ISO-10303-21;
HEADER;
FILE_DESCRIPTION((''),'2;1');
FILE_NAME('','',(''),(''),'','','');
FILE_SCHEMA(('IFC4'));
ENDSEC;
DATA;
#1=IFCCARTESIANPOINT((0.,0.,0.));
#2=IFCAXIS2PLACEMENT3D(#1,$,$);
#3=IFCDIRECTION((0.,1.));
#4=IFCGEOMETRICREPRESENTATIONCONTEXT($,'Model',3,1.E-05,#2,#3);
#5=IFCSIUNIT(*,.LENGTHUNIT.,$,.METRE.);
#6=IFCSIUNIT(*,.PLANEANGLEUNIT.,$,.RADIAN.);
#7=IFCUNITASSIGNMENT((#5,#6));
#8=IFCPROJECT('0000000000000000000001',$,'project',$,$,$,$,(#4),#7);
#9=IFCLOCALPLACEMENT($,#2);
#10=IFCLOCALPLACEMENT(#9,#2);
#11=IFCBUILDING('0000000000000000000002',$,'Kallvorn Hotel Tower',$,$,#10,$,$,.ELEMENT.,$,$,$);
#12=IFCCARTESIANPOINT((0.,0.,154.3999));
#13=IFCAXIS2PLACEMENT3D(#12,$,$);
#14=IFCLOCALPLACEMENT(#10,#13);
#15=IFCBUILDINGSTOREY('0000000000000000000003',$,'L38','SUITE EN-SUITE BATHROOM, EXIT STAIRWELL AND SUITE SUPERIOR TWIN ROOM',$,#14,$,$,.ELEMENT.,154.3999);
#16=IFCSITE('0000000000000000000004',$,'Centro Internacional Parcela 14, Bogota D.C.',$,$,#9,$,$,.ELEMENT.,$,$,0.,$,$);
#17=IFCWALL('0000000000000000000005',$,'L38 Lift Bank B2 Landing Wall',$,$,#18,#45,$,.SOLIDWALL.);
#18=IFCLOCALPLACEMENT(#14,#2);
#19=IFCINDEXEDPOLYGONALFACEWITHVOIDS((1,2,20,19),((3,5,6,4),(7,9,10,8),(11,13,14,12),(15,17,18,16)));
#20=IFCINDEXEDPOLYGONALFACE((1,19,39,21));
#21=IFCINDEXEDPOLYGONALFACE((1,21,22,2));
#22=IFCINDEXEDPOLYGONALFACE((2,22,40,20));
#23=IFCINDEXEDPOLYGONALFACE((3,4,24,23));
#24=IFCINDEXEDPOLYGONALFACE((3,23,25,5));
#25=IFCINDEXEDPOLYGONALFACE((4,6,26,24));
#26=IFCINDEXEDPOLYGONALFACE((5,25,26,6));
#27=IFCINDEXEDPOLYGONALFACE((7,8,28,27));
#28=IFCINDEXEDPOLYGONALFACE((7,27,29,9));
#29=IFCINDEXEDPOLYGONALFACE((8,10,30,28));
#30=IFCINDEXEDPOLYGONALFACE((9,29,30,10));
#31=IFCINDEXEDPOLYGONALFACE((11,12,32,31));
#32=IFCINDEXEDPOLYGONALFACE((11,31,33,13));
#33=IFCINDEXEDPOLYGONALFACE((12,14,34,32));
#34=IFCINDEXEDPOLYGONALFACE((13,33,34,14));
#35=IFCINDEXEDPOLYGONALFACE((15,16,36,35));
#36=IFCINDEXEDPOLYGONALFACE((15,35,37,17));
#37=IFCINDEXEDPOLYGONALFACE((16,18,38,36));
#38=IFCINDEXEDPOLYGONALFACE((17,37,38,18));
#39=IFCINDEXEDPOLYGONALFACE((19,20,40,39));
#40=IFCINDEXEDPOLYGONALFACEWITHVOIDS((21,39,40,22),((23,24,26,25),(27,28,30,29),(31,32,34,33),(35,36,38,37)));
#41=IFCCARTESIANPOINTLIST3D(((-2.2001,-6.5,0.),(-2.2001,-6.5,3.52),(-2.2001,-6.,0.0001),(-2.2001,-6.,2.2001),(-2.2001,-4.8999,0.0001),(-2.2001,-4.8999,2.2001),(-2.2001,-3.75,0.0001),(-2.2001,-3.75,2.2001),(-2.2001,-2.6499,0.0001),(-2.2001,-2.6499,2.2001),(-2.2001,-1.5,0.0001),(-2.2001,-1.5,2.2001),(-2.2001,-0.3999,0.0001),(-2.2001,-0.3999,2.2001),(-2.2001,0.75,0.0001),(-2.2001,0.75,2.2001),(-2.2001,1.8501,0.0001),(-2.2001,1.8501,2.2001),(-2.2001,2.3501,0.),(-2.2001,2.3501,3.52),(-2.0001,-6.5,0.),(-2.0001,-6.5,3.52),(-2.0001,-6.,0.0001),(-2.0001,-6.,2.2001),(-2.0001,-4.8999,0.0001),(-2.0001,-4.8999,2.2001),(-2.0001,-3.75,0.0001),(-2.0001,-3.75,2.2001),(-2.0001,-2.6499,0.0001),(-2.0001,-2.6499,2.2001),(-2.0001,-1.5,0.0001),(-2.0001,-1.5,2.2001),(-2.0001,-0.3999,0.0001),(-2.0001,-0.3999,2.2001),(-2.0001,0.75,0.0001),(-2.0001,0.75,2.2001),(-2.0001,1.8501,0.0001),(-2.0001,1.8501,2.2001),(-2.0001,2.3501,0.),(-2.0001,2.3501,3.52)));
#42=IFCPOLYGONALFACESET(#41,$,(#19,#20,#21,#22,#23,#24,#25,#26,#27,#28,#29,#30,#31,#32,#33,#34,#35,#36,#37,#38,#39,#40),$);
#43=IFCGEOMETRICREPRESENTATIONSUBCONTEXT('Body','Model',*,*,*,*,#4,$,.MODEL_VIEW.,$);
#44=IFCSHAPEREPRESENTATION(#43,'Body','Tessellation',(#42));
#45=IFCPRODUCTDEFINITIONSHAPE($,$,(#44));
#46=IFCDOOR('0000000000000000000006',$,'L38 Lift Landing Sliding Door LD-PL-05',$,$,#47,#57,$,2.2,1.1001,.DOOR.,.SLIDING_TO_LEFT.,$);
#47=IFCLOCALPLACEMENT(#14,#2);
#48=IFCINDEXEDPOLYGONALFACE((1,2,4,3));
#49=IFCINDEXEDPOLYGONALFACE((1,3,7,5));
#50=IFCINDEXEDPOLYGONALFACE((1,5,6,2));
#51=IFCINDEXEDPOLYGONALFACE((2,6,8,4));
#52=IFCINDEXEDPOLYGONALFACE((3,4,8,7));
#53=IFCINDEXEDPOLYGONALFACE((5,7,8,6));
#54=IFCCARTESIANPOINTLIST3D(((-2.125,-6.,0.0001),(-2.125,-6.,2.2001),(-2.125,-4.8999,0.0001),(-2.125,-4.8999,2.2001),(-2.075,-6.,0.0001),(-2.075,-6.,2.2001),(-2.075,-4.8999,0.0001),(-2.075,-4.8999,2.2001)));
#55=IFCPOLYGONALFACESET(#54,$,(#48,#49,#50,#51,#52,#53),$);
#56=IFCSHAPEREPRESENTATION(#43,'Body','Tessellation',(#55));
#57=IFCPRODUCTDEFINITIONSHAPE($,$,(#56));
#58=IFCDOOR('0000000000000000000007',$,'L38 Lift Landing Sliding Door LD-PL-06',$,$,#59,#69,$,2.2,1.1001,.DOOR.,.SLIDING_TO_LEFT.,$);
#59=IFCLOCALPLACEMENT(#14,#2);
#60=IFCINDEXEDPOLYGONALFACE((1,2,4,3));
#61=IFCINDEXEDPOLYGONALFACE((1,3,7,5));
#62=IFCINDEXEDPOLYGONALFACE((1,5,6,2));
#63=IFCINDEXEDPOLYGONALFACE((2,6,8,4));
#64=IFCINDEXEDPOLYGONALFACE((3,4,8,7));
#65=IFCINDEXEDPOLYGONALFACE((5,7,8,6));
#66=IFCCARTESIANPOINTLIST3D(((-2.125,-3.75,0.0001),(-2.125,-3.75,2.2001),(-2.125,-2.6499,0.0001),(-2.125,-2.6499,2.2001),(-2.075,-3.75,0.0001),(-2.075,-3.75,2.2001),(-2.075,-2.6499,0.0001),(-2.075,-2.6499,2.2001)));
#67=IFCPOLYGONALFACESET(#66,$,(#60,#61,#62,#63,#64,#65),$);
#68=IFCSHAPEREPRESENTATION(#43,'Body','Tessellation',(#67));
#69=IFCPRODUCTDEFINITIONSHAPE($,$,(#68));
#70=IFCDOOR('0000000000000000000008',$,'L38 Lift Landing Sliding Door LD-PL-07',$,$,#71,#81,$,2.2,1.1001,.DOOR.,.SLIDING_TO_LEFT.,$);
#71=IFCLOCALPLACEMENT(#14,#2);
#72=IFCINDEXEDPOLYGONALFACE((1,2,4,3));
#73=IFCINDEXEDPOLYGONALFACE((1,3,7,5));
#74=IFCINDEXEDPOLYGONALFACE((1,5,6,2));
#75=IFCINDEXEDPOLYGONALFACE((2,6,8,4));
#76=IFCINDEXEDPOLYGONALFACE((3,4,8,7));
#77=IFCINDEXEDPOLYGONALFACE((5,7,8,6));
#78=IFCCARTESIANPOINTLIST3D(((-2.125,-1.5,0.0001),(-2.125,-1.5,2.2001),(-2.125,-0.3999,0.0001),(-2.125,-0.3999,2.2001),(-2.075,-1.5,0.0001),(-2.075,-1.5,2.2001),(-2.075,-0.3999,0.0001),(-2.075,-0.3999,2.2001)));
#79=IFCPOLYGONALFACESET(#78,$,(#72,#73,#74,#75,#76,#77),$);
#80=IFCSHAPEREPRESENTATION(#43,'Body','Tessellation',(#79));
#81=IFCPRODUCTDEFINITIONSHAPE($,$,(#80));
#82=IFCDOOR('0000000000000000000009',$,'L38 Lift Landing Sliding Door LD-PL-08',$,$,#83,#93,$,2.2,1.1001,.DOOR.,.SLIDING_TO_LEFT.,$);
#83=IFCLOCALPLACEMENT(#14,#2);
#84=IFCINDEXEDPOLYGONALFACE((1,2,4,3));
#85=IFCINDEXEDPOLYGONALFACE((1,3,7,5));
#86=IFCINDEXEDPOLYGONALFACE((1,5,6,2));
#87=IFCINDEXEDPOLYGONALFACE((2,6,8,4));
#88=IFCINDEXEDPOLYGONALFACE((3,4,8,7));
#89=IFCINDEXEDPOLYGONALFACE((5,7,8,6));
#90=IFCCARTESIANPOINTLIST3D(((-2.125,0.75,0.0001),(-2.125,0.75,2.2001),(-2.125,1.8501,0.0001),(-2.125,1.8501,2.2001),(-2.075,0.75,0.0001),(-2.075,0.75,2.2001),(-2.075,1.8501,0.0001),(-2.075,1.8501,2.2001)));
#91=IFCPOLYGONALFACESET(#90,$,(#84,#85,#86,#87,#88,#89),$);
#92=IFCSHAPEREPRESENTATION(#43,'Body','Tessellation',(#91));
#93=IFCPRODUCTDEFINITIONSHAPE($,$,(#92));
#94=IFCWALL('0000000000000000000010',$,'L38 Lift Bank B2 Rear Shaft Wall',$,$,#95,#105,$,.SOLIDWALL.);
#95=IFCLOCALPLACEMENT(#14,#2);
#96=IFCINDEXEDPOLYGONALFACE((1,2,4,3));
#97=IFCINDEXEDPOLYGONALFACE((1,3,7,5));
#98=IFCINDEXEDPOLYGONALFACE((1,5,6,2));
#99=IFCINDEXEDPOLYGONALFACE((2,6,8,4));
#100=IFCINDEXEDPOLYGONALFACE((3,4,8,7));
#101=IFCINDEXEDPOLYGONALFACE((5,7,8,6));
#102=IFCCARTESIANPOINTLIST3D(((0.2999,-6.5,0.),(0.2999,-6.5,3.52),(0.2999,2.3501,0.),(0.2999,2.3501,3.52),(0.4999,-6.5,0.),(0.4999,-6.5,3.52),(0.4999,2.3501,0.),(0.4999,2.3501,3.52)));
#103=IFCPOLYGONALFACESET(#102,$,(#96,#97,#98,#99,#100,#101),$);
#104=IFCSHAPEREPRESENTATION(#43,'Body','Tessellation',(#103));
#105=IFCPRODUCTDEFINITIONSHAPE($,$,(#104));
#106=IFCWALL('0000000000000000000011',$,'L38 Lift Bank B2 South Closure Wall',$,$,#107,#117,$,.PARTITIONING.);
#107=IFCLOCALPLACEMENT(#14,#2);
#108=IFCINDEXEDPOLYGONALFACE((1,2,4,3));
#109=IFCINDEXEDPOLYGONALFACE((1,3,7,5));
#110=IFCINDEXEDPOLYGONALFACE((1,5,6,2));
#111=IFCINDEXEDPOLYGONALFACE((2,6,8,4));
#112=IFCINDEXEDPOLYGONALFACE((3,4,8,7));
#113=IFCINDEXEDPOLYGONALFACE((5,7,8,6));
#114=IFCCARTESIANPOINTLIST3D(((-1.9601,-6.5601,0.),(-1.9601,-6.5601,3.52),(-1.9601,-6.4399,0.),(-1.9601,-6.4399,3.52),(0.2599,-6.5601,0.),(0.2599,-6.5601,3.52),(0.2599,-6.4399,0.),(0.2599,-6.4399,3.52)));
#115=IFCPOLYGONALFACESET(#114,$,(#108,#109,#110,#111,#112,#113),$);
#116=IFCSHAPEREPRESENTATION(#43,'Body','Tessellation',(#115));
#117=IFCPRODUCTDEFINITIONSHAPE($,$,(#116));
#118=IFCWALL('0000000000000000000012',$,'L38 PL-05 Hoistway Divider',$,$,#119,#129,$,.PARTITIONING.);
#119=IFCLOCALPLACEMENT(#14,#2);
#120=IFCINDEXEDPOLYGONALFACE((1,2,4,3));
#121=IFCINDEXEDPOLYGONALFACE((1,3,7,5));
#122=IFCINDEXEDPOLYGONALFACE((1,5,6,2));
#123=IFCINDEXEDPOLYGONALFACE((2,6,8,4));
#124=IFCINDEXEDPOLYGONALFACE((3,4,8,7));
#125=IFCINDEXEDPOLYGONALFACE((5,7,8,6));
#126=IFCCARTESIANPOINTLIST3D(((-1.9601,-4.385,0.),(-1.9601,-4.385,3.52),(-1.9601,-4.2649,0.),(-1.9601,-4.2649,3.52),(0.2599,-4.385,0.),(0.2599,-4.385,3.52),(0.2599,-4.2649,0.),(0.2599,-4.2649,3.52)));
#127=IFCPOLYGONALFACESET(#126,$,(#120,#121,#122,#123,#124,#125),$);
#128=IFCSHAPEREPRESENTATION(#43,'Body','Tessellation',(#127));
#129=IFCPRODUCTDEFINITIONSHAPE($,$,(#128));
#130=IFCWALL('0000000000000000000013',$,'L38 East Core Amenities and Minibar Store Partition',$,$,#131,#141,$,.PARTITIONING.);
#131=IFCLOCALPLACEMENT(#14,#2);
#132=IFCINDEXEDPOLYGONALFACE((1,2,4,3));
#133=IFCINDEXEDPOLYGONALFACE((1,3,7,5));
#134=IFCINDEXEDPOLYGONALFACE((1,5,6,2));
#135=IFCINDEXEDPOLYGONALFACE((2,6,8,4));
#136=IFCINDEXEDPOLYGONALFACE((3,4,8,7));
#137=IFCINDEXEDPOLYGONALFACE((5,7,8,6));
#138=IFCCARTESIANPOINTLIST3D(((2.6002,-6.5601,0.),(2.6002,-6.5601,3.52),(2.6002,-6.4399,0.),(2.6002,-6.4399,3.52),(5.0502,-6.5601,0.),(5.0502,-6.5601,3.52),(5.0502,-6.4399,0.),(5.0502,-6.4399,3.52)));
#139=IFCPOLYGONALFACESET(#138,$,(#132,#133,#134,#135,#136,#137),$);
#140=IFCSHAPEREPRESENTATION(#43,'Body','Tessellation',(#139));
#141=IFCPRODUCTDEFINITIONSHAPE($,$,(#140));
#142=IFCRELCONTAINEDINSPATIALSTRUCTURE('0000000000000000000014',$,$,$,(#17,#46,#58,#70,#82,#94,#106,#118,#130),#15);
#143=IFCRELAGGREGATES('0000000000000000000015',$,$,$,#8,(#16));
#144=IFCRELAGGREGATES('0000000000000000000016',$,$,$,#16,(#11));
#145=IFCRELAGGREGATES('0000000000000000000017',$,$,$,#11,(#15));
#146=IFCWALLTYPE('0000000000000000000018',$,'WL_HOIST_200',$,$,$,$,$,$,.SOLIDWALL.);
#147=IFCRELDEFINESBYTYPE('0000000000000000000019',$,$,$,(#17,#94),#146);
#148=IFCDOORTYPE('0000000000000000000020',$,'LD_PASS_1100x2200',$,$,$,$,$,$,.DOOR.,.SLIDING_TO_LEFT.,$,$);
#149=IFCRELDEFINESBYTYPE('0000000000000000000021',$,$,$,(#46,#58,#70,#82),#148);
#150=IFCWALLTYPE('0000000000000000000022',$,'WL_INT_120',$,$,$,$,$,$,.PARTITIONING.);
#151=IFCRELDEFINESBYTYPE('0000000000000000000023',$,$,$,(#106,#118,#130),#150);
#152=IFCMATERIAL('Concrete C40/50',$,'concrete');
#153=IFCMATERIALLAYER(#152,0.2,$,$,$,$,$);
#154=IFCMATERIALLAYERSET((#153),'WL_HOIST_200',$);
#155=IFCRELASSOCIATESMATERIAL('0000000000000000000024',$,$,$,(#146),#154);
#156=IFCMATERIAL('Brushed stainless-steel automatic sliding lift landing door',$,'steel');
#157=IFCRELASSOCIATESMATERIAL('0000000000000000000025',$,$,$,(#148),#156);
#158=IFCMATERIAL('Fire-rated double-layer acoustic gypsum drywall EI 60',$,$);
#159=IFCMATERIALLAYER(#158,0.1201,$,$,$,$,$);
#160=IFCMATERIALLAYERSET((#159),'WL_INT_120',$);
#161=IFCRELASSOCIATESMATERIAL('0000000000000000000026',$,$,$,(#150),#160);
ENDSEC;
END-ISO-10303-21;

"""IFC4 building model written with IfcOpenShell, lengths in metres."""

from ifc_helpers import new_model, si_unit, direction, frame, frame_2d, origin, place, context, subcontext, project, spatial, rectangle, extrude, material, layer, layer_set, type_object, element, fill, save


model = new_model("IFC4")

# Units and contexts
model_context = context("Model", 3, precision=1e-05, world=origin(), true_north=direction((0.0, 1.0)))
body_context = subcontext(model_context, "Body", "Model", "MODEL_VIEW")
ifc_project = project(units=[si_unit("LENGTHUNIT", "METRE"), si_unit("PLANEANGLEUNIT", "RADIAN")], contexts=[model_context])

# Site, building, storey
site_placement = place(None, origin())
site = spatial("IfcSite", under=ifc_project, at=site_placement, Name="Centro Internacional Parcela 14, Bogota D.C.", CompositionType="ELEMENT", RefElevation=0.0)
building_placement = place(site_placement, origin())
building = spatial("IfcBuilding", under=site, at=building_placement, Name="Kallvorn Hotel Tower", CompositionType="ELEMENT")
storey_placement = place(building_placement, frame((0.0, 0.0, 154.3999)))
storey = spatial("IfcBuildingStorey", under=building, at=storey_placement, Name="L38", Description="SUITE EN-SUITE BATHROOM, EXIT STAIRWELL AND SUITE SUPERIOR TWIN ROOM", CompositionType="ELEMENT", Elevation=154.3999)

# Wall, openings, doors
ifc_material_1 = material(Name="Concrete C40/50", Category="concrete")
ifc_layer_1 = layer(ifc_material_1, 0.2)
ifc_layer_set_1 = layer_set([ifc_layer_1], Name="WL_HOIST_200")
wall_type_1 = type_object("IfcWallType", Name="WL_HOIST_200", PredefinedType="SOLIDWALL", material=ifc_layer_set_1)
wall_1_placement = place(storey_placement, frame((-2.1001, -6.5, 0.0), z_axis=(0.0, 0.0, 1.0), x_axis=(0.0, 1.0, 0.0)))
wall_1 = element("IfcWall", 1, at=wall_1_placement, inside=storey, type_object=wall_type_1, Name="L38 Lift Bank B2 Landing Wall", PredefinedType="SOLIDWALL", context=body_context, shape_type="SweptSolid", body=[
    extrude(rectangle(XDim=8.8501, YDim=0.2, at=frame_2d((4.425, 0.0))), origin(), (0.0, 0.0, 1.0), 3.52),
])
opening_1_placement = place(wall_1_placement, frame((0.5, 0.0, 0.0)))
opening_1 = element("IfcOpeningElement", 2, at=opening_1_placement, cuts=wall_1, PredefinedType="OPENING", context=body_context, shape_type="SweptSolid", body=[
    extrude(rectangle(XDim=1.1001, YDim=2.2, at=frame_2d((0.55, 1.1001))), frame((0.0, 0.115, 0.0), z_axis=(0.0, -1.0, 0.0), x_axis=(1.0, 0.0, 0.0)), (0.0, 0.0, 1.0), 0.23),
])
opening_2_placement = place(wall_1_placement, frame((2.75, 0.0, 0.0)))
opening_2 = element("IfcOpeningElement", 3, at=opening_2_placement, cuts=wall_1, PredefinedType="OPENING", context=body_context, shape_type="SweptSolid", body=[
    extrude(rectangle(XDim=1.1001, YDim=2.2, at=frame_2d((0.55, 1.1001))), frame((0.0, 0.115, 0.0), z_axis=(0.0, -1.0, 0.0), x_axis=(1.0, 0.0, 0.0)), (0.0, 0.0, 1.0), 0.23),
])
opening_3_placement = place(wall_1_placement, frame((5.0, 0.0, 0.0)))
opening_3 = element("IfcOpeningElement", 4, at=opening_3_placement, cuts=wall_1, PredefinedType="OPENING", context=body_context, shape_type="SweptSolid", body=[
    extrude(rectangle(XDim=1.1001, YDim=2.2, at=frame_2d((0.55, 1.1001))), frame((0.0, 0.115, 0.0), z_axis=(0.0, -1.0, 0.0), x_axis=(1.0, 0.0, 0.0)), (0.0, 0.0, 1.0), 0.23),
])
opening_4_placement = place(wall_1_placement, frame((7.25, 0.0, 0.0)))
opening_4 = element("IfcOpeningElement", 5, at=opening_4_placement, cuts=wall_1, PredefinedType="OPENING", context=body_context, shape_type="SweptSolid", body=[
    extrude(rectangle(XDim=1.1001, YDim=2.2, at=frame_2d((0.55, 1.1001))), frame((0.0, 0.115, 0.0), z_axis=(0.0, -1.0, 0.0), x_axis=(1.0, 0.0, 0.0)), (0.0, 0.0, 1.0), 0.23),
])
ifc_material_2 = material(Name="Brushed stainless-steel automatic sliding lift landing door", Category="steel")
door_type_1 = type_object("IfcDoorType", Name="LD_PASS_1100x2200", OperationType="SLIDING_TO_LEFT", PredefinedType="DOOR", material=ifc_material_2)
door_1_placement = place(opening_1_placement, origin())
door_1 = element("IfcDoor", 6, at=door_1_placement, inside=storey, type_object=door_type_1, Name="L38 Lift Landing Sliding Door LD-PL-05", OperationType="SLIDING_TO_LEFT", OverallHeight=2.2, OverallWidth=1.1001, PredefinedType="DOOR", context=body_context, shape_type="SweptSolid", body=[
    extrude(rectangle(XDim=1.1001, YDim=2.2, at=frame_2d((0.55, 1.1001))), frame((0.0, 0.0249, 0.0), z_axis=(0.0, -1.0, 0.0), x_axis=(1.0, 0.0, 0.0)), (0.0, 0.0, 1.0), 0.05),
])
fill(opening_1, door_1)
door_2_placement = place(opening_2_placement, origin())
door_2 = element("IfcDoor", 7, at=door_2_placement, inside=storey, type_object=door_type_1, Name="L38 Lift Landing Sliding Door LD-PL-06", OperationType="SLIDING_TO_LEFT", OverallHeight=2.2, OverallWidth=1.1001, PredefinedType="DOOR", context=body_context, shape_type="SweptSolid", body=[
    extrude(rectangle(XDim=1.1001, YDim=2.2, at=frame_2d((0.55, 1.1001))), frame((0.0, 0.0249, 0.0), z_axis=(0.0, -1.0, 0.0), x_axis=(1.0, 0.0, 0.0)), (0.0, 0.0, 1.0), 0.05),
])
fill(opening_2, door_2)
door_3_placement = place(opening_3_placement, origin())
door_3 = element("IfcDoor", 8, at=door_3_placement, inside=storey, type_object=door_type_1, Name="L38 Lift Landing Sliding Door LD-PL-07", OperationType="SLIDING_TO_LEFT", OverallHeight=2.2, OverallWidth=1.1001, PredefinedType="DOOR", context=body_context, shape_type="SweptSolid", body=[
    extrude(rectangle(XDim=1.1001, YDim=2.2, at=frame_2d((0.55, 1.1001))), frame((0.0, 0.0249, 0.0), z_axis=(0.0, -1.0, 0.0), x_axis=(1.0, 0.0, 0.0)), (0.0, 0.0, 1.0), 0.05),
])
fill(opening_3, door_3)
door_4_placement = place(opening_4_placement, origin())
door_4 = element("IfcDoor", 9, at=door_4_placement, inside=storey, type_object=door_type_1, Name="L38 Lift Landing Sliding Door LD-PL-08", OperationType="SLIDING_TO_LEFT", OverallHeight=2.2, OverallWidth=1.1001, PredefinedType="DOOR", context=body_context, shape_type="SweptSolid", body=[
    extrude(rectangle(XDim=1.1001, YDim=2.2, at=frame_2d((0.55, 1.1001))), frame((0.0, 0.0249, 0.0), z_axis=(0.0, -1.0, 0.0), x_axis=(1.0, 0.0, 0.0)), (0.0, 0.0, 1.0), 0.05),
])
fill(opening_4, door_4)

# Walls
wall_2_placement = place(storey_placement, frame((0.3999, -6.5, 0.0), z_axis=(0.0, 0.0, 1.0), x_axis=(0.0, 1.0, 0.0)))
element("IfcWall", 10, at=wall_2_placement, inside=storey, type_object=wall_type_1, Name="L38 Lift Bank B2 Rear Shaft Wall", PredefinedType="SOLIDWALL", context=body_context, shape_type="SweptSolid", body=[
    extrude(rectangle(XDim=8.8501, YDim=0.2, at=frame_2d((4.425, 0.0))), origin(), (0.0, 0.0, 1.0), 3.52),
])
ifc_material_3 = material(Name="Fire-rated double-layer acoustic gypsum drywall EI 60")
ifc_layer_2 = layer(ifc_material_3, 0.1201)
ifc_layer_set_2 = layer_set([ifc_layer_2], Name="WL_INT_120")
wall_type_2 = type_object("IfcWallType", Name="WL_INT_120", PredefinedType="PARTITIONING", material=ifc_layer_set_2)
for number, where, z_axis, x_axis, name in (
    (11, (-1.96, -6.5, 0.0), (0.0, 0.0, 1.0), (1.0, 0.0, 0.0), "L38 Lift Bank B2 South Closure Wall"),
    (12, (-1.96, -4.325, 0.0), (0.0, 0.0, 1.0), (1.0, 0.0, 0.0), "L38 PL-05 Hoistway Divider"),
):
    element("IfcWall", number, at=place(storey_placement, frame(where, z_axis=z_axis, x_axis=x_axis)), inside=storey, type_object=wall_type_2, Name=name, PredefinedType="PARTITIONING", context=body_context, shape_type="SweptSolid", body=[
        extrude(rectangle(XDim=2.22, YDim=0.1201, at=frame_2d((1.1099, 0.0))), origin(), (0.0, 0.0, 1.0), 3.52),
    ])
wall_3_placement = place(storey_placement, frame((2.6001, -6.5, 0.0), z_axis=(0.0, 0.0, 1.0), x_axis=(1.0, 0.0, 0.0)))
element("IfcWall", 13, at=wall_3_placement, inside=storey, type_object=wall_type_2, Name="L38 East Core Amenities and Minibar Store Partition", PredefinedType="PARTITIONING", context=body_context, shape_type="SweptSolid", body=[
    extrude(rectangle(XDim=2.45, YDim=0.1201, at=frame_2d((1.2251, 0.0))), origin(), (0.0, 0.0, 1.0), 3.52),
])

save(model, "model.ifc")
